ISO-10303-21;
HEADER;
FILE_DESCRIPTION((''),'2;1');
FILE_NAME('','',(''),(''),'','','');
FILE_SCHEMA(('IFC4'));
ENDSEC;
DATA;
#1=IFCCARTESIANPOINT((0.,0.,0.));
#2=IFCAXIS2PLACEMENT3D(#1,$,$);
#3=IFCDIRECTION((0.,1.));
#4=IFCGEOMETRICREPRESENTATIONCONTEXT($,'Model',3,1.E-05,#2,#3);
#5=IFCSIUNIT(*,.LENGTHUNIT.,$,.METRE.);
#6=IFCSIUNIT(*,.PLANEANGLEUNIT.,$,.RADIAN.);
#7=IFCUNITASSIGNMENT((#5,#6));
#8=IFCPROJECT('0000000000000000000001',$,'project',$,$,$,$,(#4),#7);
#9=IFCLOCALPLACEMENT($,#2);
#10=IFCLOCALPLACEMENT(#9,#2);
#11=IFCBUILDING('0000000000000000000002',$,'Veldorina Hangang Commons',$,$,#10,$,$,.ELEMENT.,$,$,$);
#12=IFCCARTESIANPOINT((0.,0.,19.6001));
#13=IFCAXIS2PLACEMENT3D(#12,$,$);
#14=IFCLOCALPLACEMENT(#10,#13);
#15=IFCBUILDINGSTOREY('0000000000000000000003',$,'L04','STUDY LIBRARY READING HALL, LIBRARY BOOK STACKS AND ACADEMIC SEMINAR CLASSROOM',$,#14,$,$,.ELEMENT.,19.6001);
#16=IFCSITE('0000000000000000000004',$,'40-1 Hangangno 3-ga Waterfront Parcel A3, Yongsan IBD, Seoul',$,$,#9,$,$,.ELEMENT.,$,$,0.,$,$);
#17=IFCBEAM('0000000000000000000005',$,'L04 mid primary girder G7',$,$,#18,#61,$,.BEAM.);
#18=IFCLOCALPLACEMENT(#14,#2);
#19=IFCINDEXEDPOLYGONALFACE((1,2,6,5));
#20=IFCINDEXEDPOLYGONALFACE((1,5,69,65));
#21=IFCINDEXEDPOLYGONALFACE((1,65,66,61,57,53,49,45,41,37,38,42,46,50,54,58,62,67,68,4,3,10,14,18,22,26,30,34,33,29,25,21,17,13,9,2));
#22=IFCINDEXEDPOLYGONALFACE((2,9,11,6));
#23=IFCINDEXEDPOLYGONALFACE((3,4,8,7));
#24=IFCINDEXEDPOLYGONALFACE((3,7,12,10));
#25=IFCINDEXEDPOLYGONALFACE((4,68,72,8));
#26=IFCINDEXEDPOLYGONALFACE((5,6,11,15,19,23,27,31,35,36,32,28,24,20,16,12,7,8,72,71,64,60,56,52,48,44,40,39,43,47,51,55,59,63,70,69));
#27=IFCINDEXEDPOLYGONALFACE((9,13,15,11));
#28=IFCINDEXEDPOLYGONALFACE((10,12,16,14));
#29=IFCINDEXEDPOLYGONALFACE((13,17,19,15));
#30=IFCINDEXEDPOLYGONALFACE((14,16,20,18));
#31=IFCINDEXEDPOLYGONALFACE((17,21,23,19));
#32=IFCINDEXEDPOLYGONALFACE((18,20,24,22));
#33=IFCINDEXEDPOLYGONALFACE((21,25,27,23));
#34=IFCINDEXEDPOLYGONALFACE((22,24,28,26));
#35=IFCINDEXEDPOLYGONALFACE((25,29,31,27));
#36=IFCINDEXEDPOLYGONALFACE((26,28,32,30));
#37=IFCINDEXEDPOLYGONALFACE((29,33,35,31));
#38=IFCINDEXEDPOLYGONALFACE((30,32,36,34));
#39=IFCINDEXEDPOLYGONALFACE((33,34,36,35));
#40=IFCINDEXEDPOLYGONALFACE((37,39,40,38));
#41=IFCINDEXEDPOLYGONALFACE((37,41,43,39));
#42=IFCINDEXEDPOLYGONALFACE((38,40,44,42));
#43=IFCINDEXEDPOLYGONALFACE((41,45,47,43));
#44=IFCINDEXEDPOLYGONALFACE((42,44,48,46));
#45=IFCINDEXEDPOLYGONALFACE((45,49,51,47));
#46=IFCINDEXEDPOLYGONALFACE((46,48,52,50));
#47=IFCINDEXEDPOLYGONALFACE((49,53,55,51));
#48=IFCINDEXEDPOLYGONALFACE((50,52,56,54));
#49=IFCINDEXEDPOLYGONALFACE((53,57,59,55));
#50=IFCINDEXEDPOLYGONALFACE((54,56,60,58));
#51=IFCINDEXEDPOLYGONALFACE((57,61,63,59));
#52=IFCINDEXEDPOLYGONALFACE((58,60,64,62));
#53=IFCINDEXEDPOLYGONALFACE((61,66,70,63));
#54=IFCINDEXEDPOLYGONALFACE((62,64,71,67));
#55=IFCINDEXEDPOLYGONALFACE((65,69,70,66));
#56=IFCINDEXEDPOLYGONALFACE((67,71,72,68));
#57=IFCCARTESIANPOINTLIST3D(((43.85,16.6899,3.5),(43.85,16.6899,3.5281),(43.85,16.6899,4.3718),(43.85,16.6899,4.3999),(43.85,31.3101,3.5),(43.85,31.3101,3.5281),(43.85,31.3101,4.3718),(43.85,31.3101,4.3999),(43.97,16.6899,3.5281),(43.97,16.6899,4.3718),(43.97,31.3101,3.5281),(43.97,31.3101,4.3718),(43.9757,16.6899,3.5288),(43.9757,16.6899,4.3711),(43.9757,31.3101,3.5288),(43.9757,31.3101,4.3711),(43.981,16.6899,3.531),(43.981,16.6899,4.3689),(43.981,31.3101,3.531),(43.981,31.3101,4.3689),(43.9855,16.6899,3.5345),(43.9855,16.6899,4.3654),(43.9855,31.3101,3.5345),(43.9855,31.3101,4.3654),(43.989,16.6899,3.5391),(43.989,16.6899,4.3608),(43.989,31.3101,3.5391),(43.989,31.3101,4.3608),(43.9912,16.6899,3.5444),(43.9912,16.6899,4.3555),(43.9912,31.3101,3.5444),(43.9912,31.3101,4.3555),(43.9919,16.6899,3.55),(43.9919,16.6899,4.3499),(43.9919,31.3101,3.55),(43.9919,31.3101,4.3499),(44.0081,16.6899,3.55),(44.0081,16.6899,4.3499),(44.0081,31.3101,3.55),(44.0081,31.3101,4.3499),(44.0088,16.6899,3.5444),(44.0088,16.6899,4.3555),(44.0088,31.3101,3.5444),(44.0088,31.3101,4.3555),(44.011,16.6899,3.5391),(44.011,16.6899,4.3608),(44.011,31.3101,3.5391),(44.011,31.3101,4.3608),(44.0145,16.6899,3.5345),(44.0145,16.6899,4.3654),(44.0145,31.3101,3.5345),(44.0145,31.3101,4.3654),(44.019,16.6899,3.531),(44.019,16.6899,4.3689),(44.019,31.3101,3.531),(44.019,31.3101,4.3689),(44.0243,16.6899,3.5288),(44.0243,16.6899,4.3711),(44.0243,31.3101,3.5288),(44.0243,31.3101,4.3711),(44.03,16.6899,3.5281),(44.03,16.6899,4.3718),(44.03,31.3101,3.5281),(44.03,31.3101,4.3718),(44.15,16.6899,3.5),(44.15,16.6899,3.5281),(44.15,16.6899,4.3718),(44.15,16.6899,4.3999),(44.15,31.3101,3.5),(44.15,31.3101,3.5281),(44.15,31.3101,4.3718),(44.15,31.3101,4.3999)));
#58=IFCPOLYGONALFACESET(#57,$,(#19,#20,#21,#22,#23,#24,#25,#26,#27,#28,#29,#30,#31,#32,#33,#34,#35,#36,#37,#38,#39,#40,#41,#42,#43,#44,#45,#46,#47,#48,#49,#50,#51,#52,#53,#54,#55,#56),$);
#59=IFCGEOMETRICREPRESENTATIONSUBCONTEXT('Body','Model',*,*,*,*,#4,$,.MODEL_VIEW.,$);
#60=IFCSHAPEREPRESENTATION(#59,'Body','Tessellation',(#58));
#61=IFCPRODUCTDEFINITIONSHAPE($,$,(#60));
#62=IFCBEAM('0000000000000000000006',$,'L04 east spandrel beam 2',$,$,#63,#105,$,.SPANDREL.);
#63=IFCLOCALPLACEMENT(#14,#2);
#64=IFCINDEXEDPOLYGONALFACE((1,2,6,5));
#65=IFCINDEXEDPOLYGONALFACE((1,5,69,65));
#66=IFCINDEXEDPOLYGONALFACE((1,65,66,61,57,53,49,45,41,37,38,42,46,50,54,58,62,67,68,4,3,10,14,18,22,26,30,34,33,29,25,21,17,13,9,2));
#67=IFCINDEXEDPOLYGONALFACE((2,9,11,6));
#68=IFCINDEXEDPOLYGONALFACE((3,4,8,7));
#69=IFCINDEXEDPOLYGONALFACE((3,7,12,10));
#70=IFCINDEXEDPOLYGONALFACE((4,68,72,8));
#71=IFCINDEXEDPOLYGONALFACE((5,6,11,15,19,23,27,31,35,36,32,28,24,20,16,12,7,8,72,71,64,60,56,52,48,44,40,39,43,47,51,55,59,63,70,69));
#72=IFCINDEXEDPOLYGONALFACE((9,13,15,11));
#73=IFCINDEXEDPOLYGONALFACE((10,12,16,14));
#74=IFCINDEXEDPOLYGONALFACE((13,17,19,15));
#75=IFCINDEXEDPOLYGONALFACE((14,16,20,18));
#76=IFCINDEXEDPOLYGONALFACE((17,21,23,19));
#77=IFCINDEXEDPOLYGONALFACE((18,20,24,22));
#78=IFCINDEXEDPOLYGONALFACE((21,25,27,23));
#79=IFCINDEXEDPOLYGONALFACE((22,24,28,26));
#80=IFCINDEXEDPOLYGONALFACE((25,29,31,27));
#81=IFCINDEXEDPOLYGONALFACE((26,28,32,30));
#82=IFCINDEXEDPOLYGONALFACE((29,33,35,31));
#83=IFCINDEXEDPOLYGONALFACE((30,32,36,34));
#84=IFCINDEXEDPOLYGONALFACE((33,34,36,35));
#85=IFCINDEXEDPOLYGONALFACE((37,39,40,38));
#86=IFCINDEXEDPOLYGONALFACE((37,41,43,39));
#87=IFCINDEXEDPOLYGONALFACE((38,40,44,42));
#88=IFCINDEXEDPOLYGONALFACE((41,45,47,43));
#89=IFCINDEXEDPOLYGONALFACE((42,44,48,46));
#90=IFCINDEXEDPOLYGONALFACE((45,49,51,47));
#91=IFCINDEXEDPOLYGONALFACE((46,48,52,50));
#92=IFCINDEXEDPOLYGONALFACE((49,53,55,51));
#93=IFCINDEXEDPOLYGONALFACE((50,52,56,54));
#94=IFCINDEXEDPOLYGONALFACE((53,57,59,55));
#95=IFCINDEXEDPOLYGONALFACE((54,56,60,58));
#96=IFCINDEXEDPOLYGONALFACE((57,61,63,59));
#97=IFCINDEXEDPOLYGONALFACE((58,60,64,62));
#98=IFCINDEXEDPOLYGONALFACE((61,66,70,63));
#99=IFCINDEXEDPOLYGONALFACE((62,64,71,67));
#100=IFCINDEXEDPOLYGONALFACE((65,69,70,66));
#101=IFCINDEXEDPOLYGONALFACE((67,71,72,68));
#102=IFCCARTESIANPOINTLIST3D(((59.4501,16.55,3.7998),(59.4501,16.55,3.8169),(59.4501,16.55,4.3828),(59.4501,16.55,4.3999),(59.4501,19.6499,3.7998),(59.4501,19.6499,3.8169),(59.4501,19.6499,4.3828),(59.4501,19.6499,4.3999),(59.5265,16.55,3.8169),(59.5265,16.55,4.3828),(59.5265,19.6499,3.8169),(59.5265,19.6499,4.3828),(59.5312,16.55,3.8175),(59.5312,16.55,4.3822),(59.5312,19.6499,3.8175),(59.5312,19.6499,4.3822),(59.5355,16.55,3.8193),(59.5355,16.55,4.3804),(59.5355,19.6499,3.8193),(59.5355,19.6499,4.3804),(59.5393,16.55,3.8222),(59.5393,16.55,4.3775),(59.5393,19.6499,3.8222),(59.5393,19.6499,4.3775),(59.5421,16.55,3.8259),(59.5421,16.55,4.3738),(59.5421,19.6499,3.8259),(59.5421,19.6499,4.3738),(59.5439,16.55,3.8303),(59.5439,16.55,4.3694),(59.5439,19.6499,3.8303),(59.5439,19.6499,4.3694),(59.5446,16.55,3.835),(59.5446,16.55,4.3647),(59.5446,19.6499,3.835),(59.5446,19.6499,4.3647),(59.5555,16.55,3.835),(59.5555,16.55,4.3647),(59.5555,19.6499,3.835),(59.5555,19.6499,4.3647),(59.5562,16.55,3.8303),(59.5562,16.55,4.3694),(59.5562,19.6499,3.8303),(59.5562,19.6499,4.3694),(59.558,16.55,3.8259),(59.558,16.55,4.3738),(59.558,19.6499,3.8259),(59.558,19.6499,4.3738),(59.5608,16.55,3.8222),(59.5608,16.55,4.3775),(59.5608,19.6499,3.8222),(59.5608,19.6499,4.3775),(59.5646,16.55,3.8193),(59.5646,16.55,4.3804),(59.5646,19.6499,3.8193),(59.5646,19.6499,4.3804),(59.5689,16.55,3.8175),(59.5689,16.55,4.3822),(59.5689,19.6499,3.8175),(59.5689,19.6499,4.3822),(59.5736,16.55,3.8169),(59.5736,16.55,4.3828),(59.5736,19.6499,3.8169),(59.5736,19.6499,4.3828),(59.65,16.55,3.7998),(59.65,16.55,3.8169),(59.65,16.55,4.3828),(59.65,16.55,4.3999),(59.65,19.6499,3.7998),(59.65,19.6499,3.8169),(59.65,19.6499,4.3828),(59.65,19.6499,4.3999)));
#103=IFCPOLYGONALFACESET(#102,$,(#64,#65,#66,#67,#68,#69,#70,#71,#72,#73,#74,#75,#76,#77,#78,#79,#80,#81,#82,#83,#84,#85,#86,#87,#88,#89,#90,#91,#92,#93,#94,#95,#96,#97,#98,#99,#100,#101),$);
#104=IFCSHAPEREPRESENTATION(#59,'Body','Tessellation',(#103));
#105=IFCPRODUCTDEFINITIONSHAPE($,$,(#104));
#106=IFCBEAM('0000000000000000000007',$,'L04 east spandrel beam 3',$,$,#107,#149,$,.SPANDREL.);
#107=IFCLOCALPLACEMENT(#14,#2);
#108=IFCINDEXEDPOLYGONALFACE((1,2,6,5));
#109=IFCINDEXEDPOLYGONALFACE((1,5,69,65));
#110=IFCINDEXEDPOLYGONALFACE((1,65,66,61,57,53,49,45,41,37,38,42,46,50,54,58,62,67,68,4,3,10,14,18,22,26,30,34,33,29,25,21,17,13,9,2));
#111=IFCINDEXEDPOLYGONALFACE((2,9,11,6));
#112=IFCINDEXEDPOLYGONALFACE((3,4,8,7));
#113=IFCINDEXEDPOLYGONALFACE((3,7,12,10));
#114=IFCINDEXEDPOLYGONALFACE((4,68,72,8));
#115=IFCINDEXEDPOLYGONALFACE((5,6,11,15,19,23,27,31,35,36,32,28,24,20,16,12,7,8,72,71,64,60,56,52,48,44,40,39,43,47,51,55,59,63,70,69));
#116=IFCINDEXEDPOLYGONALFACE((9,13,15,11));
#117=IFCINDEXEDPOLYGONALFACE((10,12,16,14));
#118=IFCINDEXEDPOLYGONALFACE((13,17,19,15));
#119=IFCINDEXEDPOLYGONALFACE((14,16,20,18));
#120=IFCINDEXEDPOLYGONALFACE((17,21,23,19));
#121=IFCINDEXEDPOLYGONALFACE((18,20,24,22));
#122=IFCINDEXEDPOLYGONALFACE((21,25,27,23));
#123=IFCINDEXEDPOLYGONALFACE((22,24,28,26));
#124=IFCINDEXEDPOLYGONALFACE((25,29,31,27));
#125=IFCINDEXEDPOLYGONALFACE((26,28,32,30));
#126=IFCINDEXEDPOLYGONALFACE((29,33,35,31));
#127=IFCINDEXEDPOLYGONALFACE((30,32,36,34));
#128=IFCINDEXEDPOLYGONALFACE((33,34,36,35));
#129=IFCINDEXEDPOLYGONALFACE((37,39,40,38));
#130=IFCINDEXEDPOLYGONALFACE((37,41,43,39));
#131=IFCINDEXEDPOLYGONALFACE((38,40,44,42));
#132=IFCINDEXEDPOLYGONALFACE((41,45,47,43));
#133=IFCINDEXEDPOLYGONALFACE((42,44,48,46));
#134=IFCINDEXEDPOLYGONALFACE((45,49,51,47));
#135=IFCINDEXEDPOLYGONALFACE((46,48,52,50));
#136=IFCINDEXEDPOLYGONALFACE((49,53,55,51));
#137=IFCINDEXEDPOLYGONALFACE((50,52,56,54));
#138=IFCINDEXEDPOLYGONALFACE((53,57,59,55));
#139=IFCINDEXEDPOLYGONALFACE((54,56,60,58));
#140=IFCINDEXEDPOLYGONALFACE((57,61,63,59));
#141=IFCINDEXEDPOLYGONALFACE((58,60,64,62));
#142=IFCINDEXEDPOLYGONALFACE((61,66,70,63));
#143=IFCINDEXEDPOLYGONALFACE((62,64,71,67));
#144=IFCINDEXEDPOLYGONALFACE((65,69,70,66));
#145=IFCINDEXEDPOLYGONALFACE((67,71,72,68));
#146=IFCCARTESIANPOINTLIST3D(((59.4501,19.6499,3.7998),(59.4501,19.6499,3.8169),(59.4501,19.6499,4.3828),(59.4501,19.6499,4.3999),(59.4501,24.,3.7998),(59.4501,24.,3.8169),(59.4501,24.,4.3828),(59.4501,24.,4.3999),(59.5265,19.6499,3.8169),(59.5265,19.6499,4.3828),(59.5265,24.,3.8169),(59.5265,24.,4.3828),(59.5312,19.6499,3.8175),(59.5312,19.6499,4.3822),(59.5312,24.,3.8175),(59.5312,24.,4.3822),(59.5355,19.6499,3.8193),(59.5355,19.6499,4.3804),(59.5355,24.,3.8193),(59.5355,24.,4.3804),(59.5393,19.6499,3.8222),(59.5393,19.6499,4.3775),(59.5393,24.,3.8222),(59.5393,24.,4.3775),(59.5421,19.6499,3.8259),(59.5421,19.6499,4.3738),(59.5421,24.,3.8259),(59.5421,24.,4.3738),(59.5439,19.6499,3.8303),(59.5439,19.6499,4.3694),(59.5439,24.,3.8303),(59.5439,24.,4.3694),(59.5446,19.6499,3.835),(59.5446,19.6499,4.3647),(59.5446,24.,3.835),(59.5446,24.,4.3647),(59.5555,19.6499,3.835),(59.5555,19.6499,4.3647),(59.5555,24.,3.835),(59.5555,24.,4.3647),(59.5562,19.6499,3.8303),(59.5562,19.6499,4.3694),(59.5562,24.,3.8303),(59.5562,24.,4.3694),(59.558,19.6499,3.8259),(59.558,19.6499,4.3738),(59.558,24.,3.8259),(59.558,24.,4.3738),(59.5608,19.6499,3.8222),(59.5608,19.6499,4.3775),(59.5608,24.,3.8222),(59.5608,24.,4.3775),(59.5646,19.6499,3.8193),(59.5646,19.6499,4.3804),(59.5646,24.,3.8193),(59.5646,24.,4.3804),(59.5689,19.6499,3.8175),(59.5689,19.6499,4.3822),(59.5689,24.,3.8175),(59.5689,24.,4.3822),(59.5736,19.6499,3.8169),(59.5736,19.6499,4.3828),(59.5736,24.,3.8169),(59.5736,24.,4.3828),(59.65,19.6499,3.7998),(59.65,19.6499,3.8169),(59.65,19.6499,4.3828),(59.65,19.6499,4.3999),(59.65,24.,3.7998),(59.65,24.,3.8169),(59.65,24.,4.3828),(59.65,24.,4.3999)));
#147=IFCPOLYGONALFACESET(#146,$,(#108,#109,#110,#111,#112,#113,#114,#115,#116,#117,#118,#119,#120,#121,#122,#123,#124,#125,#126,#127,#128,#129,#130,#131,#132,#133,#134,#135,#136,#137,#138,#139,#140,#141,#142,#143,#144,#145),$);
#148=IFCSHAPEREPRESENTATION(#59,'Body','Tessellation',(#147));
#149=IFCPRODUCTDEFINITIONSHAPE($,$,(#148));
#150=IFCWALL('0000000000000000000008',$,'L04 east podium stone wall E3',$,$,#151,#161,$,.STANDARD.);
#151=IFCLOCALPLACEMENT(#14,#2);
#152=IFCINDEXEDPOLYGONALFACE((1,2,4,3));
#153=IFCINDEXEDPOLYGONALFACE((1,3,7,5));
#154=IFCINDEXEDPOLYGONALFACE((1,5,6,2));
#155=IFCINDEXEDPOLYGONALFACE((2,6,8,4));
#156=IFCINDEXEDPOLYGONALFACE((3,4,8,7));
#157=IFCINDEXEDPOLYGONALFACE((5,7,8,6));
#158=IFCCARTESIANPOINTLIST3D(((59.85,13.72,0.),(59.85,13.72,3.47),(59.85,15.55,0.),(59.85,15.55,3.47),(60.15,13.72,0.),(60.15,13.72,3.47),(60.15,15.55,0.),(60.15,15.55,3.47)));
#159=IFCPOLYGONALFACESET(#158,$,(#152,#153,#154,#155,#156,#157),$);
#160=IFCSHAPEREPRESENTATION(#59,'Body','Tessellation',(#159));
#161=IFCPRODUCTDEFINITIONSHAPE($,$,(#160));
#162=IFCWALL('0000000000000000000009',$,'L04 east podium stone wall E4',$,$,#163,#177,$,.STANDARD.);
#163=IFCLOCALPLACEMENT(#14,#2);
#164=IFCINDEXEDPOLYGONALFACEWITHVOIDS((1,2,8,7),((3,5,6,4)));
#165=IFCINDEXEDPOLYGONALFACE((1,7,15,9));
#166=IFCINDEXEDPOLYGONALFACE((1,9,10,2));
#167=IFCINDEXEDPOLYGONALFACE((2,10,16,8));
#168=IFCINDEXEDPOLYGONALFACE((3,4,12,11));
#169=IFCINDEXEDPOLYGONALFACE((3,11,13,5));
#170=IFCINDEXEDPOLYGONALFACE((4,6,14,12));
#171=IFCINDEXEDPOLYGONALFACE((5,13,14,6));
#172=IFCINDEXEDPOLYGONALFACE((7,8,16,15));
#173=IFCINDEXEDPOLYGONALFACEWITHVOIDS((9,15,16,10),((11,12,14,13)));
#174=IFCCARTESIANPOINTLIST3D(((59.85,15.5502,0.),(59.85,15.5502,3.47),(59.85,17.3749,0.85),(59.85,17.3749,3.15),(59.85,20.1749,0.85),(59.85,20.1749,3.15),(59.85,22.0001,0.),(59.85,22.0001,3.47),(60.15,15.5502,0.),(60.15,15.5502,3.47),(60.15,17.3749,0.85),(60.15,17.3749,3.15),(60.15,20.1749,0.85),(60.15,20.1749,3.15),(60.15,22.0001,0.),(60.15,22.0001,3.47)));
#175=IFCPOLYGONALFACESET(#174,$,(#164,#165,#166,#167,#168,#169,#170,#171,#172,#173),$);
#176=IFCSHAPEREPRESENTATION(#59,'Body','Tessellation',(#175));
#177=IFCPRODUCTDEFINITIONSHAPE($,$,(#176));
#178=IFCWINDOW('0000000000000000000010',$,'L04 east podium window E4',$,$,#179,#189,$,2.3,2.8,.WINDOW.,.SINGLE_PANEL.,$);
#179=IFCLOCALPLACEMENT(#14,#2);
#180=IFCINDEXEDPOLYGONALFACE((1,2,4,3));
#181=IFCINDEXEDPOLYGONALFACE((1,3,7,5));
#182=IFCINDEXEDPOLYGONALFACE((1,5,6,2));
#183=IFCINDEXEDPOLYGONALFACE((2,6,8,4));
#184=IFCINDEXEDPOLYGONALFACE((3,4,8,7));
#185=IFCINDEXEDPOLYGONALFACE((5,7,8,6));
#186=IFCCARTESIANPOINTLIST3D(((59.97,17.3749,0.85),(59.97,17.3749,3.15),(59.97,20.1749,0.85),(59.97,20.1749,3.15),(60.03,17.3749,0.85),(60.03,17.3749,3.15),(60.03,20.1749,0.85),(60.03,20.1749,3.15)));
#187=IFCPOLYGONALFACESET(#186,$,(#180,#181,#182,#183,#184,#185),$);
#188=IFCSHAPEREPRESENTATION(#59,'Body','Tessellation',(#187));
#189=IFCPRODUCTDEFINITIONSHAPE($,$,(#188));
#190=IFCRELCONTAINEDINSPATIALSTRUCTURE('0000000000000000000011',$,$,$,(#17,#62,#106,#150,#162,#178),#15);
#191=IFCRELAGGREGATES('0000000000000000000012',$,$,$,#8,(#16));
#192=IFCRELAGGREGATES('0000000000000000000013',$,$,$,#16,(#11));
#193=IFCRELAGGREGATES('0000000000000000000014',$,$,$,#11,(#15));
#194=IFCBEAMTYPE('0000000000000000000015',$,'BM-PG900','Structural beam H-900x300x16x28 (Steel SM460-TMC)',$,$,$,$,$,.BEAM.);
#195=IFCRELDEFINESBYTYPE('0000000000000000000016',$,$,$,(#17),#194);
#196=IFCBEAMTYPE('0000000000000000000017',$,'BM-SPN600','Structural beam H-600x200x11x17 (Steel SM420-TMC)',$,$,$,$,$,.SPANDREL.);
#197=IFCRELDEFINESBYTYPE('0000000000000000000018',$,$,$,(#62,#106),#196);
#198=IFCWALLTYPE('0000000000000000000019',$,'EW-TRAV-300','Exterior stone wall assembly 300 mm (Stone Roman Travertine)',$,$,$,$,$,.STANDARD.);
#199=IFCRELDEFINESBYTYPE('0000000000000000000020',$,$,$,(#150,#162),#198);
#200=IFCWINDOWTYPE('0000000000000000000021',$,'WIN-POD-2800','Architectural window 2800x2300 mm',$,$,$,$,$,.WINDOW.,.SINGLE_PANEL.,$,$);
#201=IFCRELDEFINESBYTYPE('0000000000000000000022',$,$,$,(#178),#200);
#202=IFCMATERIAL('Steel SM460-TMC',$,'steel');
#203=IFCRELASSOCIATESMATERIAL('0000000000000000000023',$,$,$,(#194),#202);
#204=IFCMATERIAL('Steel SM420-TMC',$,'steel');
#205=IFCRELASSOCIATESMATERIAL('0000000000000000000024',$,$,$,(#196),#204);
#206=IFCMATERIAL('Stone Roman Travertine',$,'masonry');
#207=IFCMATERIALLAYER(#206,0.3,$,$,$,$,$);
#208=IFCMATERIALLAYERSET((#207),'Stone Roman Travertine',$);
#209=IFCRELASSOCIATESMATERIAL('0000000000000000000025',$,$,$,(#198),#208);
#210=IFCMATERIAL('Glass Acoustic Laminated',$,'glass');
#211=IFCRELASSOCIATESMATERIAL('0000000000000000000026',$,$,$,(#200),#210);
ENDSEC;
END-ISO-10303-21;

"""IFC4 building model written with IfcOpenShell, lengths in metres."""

from ifc_helpers import new_model, si_unit, direction, frame, frame_2d, origin, origin_2d, place, context, subcontext, project, spatial, rectangle, i_section, extrude, material, layer, layer_set, material_profile, profile_set, type_object, element, fill, save


model = new_model("IFC4")

# Units and contexts
model_context = context("Model", 3, precision=1e-05, world=origin(), true_north=direction((0.0, 1.0)))
body_context = subcontext(model_context, "Body", "Model", "MODEL_VIEW")
ifc_project = project(units=[si_unit("LENGTHUNIT", "METRE"), si_unit("PLANEANGLEUNIT", "RADIAN")], contexts=[model_context])

# Site, building, storey
site_placement = place(None, origin())
site = spatial("IfcSite", under=ifc_project, at=site_placement, Name="40-1 Hangangno 3-ga Waterfront Parcel A3, Yongsan IBD, Seoul", CompositionType="ELEMENT", RefElevation=0.0)
building_placement = place(site_placement, origin())
building = spatial("IfcBuilding", under=site, at=building_placement, Name="Veldorina Hangang Commons", CompositionType="ELEMENT")
storey_placement = place(building_placement, frame((0.0, 0.0, 19.6001)))
storey = spatial("IfcBuildingStorey", under=building, at=storey_placement, Name="L04", Description="STUDY LIBRARY READING HALL, LIBRARY BOOK STACKS AND ACADEMIC SEMINAR CLASSROOM", CompositionType="ELEMENT", Elevation=19.6001)

# Shared definitions
ifc_material_1 = material(Name="Steel SM420-TMC", Category="steel")

# Beams
ifc_material_2 = material(Name="Steel SM460-TMC", Category="steel")
ifc_material_profile_1 = material_profile(ifc_material_2, i_section(OverallWidth=0.3, OverallDepth=0.8999, WebThickness=0.0161, FlangeThickness=0.0281, FilletRadius=0.022, at=origin_2d()), Name="H-900x300x16x28")
ifc_profile_set_1 = profile_set([ifc_material_profile_1], Name="Steel SM460-TMC")
beam_type_1 = type_object("IfcBeamType", Name="BM-PG900", Description="Structural beam H-900x300x16x28 (Steel SM460-TMC)", PredefinedType="BEAM", material=ifc_profile_set_1)
beam_1_placement = place(storey_placement, frame((44.0, 16.6899, 3.95), z_axis=(0.0, 1.0, 0.0), x_axis=(-1.0, 0.0, 0.0)))
element("IfcBeam", 1, at=beam_1_placement, inside=storey, type_object=beam_type_1, Name="L04 mid primary girder G7", PredefinedType="BEAM", context=body_context, shape_type="SweptSolid", body=[
    extrude(i_section(OverallWidth=0.3, OverallDepth=0.8999, WebThickness=0.0161, FlangeThickness=0.0281, FilletRadius=0.022, at=origin_2d()), origin(), (0.0, 0.0, 1.0), 14.6201),
])
ifc_material_profile_2 = material_profile(ifc_material_1, i_section(OverallWidth=0.2, OverallDepth=0.6001, WebThickness=0.011, FlangeThickness=0.0171, FilletRadius=0.0181, at=origin_2d()), Name="H-600x200x11x17")
ifc_profile_set_2 = profile_set([ifc_material_profile_2], Name="Steel SM420-TMC")
beam_type_2 = type_object("IfcBeamType", Name="BM-SPN600", Description="Structural beam H-600x200x11x17 (Steel SM420-TMC)", PredefinedType="SPANDREL", material=ifc_profile_set_2)
beam_2_placement = place(storey_placement, frame((59.55, 16.55, 4.0999), z_axis=(0.0, 1.0, 0.0), x_axis=(-1.0, 0.0, 0.0)))
element("IfcBeam", 2, at=beam_2_placement, inside=storey, type_object=beam_type_2, Name="L04 east spandrel beam 2", PredefinedType="SPANDREL", context=body_context, shape_type="SweptSolid", body=[
    extrude(i_section(OverallWidth=0.2, OverallDepth=0.6001, WebThickness=0.011, FlangeThickness=0.0171, FilletRadius=0.0181, at=origin_2d()), origin(), (0.0, 0.0, 1.0), 3.0999),
])
beam_3_placement = place(storey_placement, frame((59.55, 19.6499, 4.0999), z_axis=(0.0, 1.0, 0.0), x_axis=(-1.0, 0.0, 0.0)))
element("IfcBeam", 3, at=beam_3_placement, inside=storey, type_object=beam_type_2, Name="L04 east spandrel beam 3", PredefinedType="SPANDREL", context=body_context, shape_type="SweptSolid", body=[
    extrude(i_section(OverallWidth=0.2, OverallDepth=0.6001, WebThickness=0.011, FlangeThickness=0.0171, FilletRadius=0.0181, at=origin_2d()), origin(), (0.0, 0.0, 1.0), 4.3501),
])

# Wall
ifc_material_3 = material(Name="Stone Roman Travertine", Category="masonry")
ifc_layer_1 = layer(ifc_material_3, 0.3)
ifc_layer_set_1 = layer_set([ifc_layer_1], Name="Stone Roman Travertine")
wall_type_1 = type_object("IfcWallType", Name="EW-TRAV-300", Description="Exterior stone wall assembly 300 mm (Stone Roman Travertine)", PredefinedType="STANDARD", material=ifc_layer_set_1)
wall_1_placement = place(storey_placement, frame((60.0, 13.72, 0.0), z_axis=(0.0, 0.0, 1.0), x_axis=(0.0, 1.0, 0.0)))
element("IfcWall", 4, at=wall_1_placement, inside=storey, type_object=wall_type_1, Name="L04 east podium stone wall E3", PredefinedType="STANDARD", context=body_context, shape_type="SweptSolid", body=[
    extrude(rectangle(XDim=1.8301, YDim=0.3, at=frame_2d((0.915, 0.0))), origin(), (0.0, 0.0, 1.0), 3.47),
])

# Wall, opening, window
wall_2_placement = place(storey_placement, frame((60.0, 15.55, 0.0), z_axis=(0.0, 0.0, 1.0), x_axis=(0.0, 1.0, 0.0)))
wall_2 = element("IfcWall", 5, at=wall_2_placement, inside=storey, type_object=wall_type_1, Name="L04 east podium stone wall E4", PredefinedType="STANDARD", context=body_context, shape_type="SweptSolid", body=[
    extrude(rectangle(XDim=6.45, YDim=0.3, at=frame_2d((3.2251, 0.0))), origin(), (0.0, 0.0, 1.0), 3.47),
])
opening_1_placement = place(wall_2_placement, frame((1.825, 0.0, 0.8501)))
opening_1 = element("IfcOpeningElement", 6, at=opening_1_placement, cuts=wall_2, PredefinedType="OPENING", context=body_context, shape_type="SweptSolid", body=[
    extrude(rectangle(XDim=2.8, YDim=2.3, at=frame_2d((1.3999, 1.1499))), frame((0.0, 0.1602, 0.0), z_axis=(0.0, -1.0, 0.0), x_axis=(1.0, 0.0, 0.0)), (0.0, 0.0, 1.0), 0.3201),
])
ifc_material_4 = material(Name="Glass Acoustic Laminated", Category="glass")
window_type = type_object("IfcWindowType", Name="WIN-POD-2800", Description="Architectural window 2800x2300 mm", PartitioningType="SINGLE_PANEL", PredefinedType="WINDOW", material=ifc_material_4)
window_placement = place(opening_1_placement, origin())
window = element("IfcWindow", 7, at=window_placement, inside=storey, type_object=window_type, Name="L04 east podium window E4", OverallHeight=2.3, OverallWidth=2.8, PartitioningType="SINGLE_PANEL", PredefinedType="WINDOW", context=body_context, shape_type="SweptSolid", body=[
    extrude(rectangle(XDim=2.8, YDim=2.3, at=frame_2d((1.3999, 1.1499))), frame((0.0, 0.03, 0.0), z_axis=(0.0, -1.0, 0.0), x_axis=(1.0, 0.0, 0.0)), (0.0, 0.0, 1.0), 0.0601),
])
fill(opening_1, window)

save(model, "model.ifc")
